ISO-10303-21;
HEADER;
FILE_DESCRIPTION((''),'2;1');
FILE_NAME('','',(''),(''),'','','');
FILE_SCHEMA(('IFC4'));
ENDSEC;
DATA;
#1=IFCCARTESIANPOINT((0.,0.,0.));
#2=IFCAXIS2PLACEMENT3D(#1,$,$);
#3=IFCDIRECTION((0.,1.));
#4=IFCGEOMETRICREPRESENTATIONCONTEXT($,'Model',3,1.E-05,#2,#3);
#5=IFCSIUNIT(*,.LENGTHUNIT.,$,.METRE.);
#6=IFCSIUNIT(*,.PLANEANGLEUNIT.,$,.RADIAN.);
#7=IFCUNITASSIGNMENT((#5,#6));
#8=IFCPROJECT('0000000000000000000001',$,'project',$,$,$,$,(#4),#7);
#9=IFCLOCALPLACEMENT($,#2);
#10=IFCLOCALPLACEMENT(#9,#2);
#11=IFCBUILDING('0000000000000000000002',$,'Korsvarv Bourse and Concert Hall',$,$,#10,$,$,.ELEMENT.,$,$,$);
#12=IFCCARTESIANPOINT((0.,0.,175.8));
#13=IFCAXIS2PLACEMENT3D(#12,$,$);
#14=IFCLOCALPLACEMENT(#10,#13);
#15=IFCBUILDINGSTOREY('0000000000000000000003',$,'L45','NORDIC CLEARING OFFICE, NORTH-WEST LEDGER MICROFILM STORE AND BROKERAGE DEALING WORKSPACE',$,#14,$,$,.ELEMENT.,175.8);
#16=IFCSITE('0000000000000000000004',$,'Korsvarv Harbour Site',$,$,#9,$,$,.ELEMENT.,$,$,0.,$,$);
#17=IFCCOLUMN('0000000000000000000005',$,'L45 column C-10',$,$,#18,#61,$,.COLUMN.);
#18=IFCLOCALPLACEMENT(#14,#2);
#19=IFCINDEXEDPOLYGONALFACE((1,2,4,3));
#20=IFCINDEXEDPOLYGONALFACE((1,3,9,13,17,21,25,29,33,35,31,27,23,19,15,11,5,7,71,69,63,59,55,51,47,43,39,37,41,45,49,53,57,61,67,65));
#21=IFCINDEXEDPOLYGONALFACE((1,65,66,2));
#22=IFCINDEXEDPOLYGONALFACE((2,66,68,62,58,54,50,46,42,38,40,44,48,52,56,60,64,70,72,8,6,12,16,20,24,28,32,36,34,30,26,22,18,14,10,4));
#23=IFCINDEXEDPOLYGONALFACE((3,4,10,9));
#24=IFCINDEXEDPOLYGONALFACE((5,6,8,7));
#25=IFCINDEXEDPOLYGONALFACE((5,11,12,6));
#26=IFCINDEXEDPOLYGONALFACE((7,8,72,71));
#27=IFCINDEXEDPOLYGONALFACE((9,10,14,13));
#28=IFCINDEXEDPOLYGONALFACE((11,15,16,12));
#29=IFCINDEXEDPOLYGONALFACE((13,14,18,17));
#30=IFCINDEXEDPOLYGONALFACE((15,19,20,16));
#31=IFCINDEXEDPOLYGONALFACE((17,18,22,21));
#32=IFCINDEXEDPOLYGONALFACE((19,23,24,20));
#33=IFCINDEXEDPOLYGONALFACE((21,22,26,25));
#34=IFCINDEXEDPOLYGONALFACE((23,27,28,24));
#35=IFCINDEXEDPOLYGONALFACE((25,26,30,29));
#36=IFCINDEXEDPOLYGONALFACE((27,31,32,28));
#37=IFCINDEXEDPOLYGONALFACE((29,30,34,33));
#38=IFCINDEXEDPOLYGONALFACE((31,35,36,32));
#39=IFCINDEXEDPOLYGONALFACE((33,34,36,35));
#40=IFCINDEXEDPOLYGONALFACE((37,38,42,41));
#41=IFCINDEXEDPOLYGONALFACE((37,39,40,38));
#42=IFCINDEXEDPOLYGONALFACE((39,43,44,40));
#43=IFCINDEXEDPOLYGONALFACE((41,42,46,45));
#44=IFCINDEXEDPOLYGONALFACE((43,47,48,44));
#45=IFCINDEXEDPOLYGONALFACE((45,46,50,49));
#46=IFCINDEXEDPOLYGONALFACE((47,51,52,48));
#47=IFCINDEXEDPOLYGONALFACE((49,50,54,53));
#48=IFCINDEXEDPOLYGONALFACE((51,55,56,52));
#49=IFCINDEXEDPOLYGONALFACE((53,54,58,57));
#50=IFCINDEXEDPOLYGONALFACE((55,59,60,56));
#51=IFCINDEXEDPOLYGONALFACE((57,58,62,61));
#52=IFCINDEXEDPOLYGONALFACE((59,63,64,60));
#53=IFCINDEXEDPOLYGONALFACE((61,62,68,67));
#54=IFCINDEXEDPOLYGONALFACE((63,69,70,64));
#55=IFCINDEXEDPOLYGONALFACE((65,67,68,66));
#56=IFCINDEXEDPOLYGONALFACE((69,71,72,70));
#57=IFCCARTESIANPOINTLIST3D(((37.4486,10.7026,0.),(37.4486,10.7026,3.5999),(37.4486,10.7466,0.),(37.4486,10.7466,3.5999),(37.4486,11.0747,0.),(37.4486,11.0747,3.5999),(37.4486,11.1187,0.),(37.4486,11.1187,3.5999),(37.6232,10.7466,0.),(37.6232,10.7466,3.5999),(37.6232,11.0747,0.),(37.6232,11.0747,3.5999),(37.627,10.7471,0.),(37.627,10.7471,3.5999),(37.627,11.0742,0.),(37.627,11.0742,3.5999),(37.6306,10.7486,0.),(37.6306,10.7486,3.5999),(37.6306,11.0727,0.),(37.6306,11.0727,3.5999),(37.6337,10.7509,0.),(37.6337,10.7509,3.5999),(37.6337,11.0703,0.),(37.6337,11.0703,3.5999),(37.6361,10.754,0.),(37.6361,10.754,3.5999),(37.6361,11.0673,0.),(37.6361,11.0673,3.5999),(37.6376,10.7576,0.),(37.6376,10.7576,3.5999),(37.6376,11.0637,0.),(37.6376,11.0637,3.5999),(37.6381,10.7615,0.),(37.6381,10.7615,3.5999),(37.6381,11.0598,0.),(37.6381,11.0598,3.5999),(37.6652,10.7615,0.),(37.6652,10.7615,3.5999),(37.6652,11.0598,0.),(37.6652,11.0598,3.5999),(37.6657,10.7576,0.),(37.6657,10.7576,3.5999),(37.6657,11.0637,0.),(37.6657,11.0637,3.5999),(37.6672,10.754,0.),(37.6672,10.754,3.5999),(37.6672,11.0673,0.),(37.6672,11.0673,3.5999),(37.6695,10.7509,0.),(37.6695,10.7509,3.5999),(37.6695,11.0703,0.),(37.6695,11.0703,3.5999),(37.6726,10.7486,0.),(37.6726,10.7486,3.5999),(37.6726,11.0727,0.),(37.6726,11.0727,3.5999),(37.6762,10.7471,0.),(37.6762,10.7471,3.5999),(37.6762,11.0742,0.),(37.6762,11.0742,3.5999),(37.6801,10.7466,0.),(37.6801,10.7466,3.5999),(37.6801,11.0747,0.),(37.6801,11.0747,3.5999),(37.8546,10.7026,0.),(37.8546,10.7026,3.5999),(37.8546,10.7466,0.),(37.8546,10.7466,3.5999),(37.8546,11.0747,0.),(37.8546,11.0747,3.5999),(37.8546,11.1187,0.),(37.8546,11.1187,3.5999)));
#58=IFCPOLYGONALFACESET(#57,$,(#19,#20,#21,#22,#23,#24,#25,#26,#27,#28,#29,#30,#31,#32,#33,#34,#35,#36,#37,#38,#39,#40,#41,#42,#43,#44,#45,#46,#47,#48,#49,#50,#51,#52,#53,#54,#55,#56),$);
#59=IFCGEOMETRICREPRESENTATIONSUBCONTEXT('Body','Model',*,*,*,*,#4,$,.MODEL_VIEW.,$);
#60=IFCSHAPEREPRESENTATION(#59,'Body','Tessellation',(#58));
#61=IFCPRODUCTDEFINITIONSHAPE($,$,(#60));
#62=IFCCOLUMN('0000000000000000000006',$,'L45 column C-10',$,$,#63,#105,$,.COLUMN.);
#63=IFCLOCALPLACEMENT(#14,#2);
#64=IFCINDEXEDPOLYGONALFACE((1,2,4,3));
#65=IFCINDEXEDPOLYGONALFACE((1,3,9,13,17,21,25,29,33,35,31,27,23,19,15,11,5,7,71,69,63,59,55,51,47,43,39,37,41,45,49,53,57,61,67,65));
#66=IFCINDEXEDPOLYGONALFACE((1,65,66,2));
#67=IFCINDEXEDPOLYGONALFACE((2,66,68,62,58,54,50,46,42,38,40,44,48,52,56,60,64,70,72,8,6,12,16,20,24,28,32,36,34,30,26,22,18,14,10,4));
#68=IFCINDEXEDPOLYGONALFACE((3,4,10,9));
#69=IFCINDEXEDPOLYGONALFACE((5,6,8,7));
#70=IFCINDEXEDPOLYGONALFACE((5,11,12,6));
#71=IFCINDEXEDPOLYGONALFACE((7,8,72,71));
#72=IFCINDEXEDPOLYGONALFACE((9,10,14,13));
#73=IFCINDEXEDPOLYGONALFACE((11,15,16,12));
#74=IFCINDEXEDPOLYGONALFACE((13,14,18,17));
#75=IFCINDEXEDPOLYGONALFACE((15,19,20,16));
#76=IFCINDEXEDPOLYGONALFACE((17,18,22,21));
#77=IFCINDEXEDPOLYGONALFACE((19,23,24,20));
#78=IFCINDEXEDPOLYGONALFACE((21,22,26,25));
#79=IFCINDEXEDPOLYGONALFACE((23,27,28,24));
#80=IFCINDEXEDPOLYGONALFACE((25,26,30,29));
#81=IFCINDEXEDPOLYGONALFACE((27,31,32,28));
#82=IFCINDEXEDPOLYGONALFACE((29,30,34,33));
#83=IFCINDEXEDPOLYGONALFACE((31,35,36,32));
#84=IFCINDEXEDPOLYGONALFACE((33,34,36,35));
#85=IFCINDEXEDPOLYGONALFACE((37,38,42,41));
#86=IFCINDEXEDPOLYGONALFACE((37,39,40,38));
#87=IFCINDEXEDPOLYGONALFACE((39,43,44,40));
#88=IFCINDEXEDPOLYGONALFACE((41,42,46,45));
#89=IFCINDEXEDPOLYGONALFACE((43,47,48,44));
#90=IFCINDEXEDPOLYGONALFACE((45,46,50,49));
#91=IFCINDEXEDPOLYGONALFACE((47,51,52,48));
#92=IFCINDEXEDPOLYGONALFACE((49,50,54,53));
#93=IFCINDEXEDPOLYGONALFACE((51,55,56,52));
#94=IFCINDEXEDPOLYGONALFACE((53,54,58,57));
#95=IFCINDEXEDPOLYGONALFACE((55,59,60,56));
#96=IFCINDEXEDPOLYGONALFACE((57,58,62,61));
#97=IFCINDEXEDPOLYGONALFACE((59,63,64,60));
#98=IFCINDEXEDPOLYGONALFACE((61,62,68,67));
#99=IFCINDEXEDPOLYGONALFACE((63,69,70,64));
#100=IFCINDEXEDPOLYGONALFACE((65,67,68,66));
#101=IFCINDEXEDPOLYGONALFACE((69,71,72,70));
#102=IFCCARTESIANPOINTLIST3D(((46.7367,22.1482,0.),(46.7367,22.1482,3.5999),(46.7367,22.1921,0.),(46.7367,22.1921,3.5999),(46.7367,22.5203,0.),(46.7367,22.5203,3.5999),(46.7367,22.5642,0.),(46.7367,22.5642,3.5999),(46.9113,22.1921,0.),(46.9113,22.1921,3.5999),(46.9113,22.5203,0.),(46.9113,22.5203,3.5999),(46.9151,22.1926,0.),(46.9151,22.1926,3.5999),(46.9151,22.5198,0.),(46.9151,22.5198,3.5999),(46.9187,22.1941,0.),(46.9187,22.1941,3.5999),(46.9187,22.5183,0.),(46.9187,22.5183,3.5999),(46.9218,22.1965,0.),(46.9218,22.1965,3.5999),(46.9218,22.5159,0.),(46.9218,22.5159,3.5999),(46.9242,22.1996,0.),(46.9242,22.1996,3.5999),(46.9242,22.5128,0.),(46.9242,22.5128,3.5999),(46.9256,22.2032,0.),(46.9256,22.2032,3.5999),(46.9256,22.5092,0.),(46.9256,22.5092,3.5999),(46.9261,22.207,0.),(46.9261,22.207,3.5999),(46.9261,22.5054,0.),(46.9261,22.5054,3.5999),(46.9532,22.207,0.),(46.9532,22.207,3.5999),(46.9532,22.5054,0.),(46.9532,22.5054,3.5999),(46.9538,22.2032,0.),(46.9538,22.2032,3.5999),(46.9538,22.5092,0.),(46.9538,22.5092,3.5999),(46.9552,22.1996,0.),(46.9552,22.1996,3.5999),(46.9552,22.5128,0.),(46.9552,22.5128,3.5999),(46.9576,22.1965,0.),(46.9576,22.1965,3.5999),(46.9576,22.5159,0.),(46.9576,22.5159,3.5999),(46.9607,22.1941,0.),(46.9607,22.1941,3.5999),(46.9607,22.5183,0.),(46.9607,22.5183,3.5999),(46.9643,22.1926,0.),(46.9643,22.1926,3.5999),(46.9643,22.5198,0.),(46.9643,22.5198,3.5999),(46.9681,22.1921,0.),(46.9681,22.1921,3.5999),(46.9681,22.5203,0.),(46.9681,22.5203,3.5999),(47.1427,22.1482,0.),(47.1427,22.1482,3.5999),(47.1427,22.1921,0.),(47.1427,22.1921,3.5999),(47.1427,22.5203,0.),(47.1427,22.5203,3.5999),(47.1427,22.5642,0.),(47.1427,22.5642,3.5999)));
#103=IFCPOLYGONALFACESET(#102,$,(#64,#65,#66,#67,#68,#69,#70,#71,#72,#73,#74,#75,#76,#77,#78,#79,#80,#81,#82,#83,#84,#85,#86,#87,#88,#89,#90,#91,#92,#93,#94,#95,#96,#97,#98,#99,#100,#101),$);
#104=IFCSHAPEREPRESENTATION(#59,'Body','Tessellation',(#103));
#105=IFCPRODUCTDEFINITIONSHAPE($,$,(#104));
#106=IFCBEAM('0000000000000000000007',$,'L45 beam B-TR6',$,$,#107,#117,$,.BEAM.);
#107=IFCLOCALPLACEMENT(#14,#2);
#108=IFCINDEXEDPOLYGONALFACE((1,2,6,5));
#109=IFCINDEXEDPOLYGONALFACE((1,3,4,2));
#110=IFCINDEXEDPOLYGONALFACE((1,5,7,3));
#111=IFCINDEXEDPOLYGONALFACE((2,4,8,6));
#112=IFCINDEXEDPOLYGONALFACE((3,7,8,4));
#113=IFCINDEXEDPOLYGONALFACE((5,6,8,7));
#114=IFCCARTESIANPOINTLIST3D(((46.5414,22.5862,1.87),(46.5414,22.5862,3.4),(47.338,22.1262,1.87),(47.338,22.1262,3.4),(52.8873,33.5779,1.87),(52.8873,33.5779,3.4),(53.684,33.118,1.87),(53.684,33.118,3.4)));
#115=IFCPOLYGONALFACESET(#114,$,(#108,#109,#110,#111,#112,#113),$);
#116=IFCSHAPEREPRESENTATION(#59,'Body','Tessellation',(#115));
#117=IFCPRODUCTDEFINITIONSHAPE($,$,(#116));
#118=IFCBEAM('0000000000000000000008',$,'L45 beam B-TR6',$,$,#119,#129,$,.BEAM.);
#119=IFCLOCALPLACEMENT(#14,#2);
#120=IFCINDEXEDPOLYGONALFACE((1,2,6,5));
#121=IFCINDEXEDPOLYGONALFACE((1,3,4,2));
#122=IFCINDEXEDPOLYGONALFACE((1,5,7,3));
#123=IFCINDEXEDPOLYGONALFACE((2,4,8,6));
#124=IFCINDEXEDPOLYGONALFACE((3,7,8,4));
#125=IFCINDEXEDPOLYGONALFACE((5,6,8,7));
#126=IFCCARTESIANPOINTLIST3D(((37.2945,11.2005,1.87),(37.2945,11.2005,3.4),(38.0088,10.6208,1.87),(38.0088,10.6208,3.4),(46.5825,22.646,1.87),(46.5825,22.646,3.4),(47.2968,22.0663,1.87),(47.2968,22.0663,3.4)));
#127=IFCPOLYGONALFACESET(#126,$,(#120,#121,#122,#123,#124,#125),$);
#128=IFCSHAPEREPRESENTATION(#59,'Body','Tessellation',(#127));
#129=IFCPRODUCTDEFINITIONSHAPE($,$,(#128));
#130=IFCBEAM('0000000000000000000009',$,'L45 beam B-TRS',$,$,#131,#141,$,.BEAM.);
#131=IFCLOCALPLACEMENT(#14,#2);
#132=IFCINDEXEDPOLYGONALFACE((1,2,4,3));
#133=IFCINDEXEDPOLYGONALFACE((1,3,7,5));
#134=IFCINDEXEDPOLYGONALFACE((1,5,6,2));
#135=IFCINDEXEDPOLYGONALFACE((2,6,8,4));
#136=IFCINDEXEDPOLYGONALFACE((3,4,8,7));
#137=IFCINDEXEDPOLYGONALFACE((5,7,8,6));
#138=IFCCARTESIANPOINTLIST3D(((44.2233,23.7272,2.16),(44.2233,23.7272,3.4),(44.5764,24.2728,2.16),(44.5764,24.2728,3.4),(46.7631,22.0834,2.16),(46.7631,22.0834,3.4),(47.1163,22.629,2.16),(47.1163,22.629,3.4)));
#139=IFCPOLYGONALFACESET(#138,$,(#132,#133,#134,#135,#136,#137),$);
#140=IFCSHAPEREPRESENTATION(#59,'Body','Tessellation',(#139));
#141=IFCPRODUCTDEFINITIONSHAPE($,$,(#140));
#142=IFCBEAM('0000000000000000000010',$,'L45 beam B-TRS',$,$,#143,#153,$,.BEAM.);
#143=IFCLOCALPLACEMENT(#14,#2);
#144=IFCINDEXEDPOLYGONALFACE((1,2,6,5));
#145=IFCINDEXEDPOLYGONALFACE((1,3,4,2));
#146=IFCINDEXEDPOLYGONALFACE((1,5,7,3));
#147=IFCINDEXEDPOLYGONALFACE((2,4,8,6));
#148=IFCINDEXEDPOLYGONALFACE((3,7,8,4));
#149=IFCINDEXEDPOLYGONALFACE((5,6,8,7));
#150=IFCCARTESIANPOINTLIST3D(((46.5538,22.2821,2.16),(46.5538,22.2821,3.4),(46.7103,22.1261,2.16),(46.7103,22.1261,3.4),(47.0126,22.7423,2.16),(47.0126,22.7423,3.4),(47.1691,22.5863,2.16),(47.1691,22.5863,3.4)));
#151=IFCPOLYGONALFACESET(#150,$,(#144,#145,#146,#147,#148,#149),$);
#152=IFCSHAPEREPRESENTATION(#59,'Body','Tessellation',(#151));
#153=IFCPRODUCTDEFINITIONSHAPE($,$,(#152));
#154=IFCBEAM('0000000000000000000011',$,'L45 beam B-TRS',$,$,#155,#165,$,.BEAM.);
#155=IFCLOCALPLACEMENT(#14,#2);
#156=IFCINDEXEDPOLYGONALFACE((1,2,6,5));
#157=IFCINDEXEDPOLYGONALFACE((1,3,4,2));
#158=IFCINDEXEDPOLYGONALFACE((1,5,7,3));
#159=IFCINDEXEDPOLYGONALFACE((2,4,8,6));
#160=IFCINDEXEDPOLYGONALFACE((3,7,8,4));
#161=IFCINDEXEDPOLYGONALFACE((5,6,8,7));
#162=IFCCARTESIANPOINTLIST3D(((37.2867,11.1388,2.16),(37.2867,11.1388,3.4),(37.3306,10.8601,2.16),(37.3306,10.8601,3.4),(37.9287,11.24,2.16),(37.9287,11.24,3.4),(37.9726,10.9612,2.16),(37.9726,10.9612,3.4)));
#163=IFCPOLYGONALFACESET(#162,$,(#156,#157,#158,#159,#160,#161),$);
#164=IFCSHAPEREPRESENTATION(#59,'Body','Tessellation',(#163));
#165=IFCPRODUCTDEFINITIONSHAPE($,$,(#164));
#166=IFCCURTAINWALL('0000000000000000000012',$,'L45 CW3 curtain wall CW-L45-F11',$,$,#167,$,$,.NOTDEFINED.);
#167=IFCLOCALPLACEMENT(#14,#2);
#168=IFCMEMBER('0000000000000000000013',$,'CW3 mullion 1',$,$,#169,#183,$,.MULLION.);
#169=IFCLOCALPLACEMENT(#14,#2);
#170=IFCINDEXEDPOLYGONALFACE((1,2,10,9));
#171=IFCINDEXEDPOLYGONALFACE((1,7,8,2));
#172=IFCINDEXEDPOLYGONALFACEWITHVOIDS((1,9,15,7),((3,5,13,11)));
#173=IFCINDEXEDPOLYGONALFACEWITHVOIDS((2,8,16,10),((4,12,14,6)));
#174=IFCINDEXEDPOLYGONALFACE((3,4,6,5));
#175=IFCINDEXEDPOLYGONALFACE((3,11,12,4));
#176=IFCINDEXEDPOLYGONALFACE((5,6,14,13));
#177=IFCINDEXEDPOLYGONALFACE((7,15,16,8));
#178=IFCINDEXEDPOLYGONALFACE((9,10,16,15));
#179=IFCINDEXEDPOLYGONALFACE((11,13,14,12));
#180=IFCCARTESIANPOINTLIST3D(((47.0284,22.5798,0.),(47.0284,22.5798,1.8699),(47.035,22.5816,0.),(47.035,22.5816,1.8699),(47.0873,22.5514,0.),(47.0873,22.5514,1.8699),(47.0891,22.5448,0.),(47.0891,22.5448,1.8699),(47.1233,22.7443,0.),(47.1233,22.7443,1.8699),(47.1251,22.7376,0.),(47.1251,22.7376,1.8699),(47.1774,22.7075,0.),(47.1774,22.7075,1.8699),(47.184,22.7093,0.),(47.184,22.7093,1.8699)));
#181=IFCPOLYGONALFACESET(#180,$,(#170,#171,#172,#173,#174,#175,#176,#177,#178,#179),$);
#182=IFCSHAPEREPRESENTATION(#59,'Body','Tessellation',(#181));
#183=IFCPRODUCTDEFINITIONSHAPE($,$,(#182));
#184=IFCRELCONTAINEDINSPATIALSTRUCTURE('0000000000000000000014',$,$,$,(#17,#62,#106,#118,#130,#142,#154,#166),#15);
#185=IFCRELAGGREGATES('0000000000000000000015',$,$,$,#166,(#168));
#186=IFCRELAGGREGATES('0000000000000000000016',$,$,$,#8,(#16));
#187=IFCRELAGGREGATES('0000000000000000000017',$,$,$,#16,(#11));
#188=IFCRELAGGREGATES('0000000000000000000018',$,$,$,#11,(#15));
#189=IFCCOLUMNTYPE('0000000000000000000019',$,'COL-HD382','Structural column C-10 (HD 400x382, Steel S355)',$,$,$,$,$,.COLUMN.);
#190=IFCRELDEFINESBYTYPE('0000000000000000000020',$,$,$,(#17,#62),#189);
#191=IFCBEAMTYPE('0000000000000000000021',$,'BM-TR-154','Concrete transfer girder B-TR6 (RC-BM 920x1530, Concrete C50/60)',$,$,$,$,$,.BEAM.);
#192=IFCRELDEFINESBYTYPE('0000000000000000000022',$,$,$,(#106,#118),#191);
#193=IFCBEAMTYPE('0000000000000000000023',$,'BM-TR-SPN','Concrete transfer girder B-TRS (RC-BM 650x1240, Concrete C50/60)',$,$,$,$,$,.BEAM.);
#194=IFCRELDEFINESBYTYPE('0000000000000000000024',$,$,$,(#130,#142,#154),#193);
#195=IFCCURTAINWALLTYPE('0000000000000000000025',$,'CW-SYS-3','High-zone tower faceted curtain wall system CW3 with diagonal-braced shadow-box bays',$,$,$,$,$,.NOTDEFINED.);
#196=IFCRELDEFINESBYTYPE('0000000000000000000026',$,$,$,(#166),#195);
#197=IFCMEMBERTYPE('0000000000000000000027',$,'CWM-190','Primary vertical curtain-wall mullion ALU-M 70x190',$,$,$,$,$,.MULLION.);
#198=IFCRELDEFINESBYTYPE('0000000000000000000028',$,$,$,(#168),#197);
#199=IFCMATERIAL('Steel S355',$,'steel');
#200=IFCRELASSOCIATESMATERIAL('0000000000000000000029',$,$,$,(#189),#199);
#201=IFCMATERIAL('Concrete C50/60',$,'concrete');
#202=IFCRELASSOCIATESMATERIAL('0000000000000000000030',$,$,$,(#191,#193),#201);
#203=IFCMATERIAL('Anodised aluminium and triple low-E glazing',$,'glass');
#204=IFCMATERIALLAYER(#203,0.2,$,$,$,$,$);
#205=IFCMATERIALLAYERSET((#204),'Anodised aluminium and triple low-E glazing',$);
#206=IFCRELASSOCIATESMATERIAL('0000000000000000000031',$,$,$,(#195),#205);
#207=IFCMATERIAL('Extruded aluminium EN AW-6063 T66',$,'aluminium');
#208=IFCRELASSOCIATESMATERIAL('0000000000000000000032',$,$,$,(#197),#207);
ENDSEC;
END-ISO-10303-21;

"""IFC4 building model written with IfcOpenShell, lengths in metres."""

from ifc_helpers import new_model, si_unit, direction, frame, origin, origin_2d, place, context, subcontext, project, spatial, rectangle, hollow_rectangle, i_section, extrude, source, transform, mapped, material, layer, layer_set, material_profile, profile_set, type_object, element, aggregate, save


model = new_model("IFC4")

# Units and contexts
model_context = context("Model", 3, precision=1e-05, world=origin(), true_north=direction((0.0, 1.0)))
body_context = subcontext(model_context, "Body", "Model", "MODEL_VIEW")
ifc_project = project(units=[si_unit("LENGTHUNIT", "METRE"), si_unit("PLANEANGLEUNIT", "RADIAN")], contexts=[model_context])

# Site, building, storey
site_placement = place(None, origin())
site = spatial("IfcSite", under=ifc_project, at=site_placement, Name="Korsvarv Harbour Site", CompositionType="ELEMENT", RefElevation=0.0)
building_placement = place(site_placement, origin())
building = spatial("IfcBuilding", under=site, at=building_placement, Name="Korsvarv Bourse and Concert Hall", CompositionType="ELEMENT")
storey_placement = place(building_placement, frame((0.0, 0.0, 175.8)))
storey = spatial("IfcBuildingStorey", under=building, at=storey_placement, Name="L45", Description="NORDIC CLEARING OFFICE, NORTH-WEST LEDGER MICROFILM STORE AND BROKERAGE DEALING WORKSPACE", CompositionType="ELEMENT", Elevation=175.8)

# Columns
ifc_material_1 = material(Name="Steel S355", Category="steel")
ifc_material_profile_1 = material_profile(ifc_material_1, i_section(OverallWidth=0.406, OverallDepth=0.416, WebThickness=0.0271, FlangeThickness=0.0439, FilletRadius=0.0149, at=origin_2d()), Name="HD 400x382")
ifc_profile_set_1 = profile_set([ifc_material_profile_1], Name="Steel S355")
column_type = type_object("IfcColumnType", Name="COL-HD382", Description="Structural column C-10 (HD 400x382, Steel S355)", PredefinedType="COLUMN", material=ifc_profile_set_1)
shared_shape_1 = source(origin(), body_context, "Body", "SweptSolid", [
    extrude(i_section(OverallWidth=0.406, OverallDepth=0.416, WebThickness=0.0271, FlangeThickness=0.0439, FilletRadius=0.0149, at=origin_2d()), origin(), (0.0, 0.0, 1.0), 3.5999),
])
for number, where, z_axis, x_axis, name in (
    (1, (37.6516, 10.9106, 0.0), (0.0, 0.0, 1.0), (1.0, 0.0, 0.0), "L45 column C-10"),
    (2, (46.9397, 22.3562, 0.0), (0.0, 0.0, 1.0), (1.0, 0.0, 0.0), "L45 column C-10"),
):
    element("IfcColumn", number, at=place(storey_placement, frame(where, z_axis=z_axis, x_axis=x_axis)), inside=storey, type_object=column_type, Name=name, PredefinedType="COLUMN", context=body_context, shape_type="MappedRepresentation", body=[
        mapped(shared_shape_1, transform((0.0, 0.0, 0.0), scale=1.0)),
    ])

# Beams
ifc_material_2 = material(Name="Concrete C50/60", Category="concrete")
ifc_material_profile_2 = material_profile(ifc_material_2, rectangle(XDim=0.9199, YDim=1.53, at=origin_2d()), Name="RC-BM 920x1530")
ifc_profile_set_2 = profile_set([ifc_material_profile_2], Name="Concrete C50/60")
beam_type_1 = type_object("IfcBeamType", Name="BM-TR-154", Description="Concrete transfer girder B-TR6 (RC-BM 920x1530, Concrete C50/60)", PredefinedType="BEAM", material=ifc_profile_set_2)
shared_shape_2 = source(origin(), body_context, "Body", "SweptSolid", [
    extrude(rectangle(XDim=0.9199, YDim=1.53, at=origin_2d()), origin(), (0.0, 0.0, 1.0), 12.6921),
])
beam_1_placement = place(storey_placement, frame((46.9397, 22.3562, 2.635), z_axis=(0.499993, 0.866029, 0.0), x_axis=(-0.866029, 0.499993, 0.0)))
element("IfcBeam", 3, at=beam_1_placement, inside=storey, type_object=beam_type_1, Name="L45 beam B-TR6", PredefinedType="BEAM", context=body_context, shape_type="MappedRepresentation", body=[
    mapped(shared_shape_2, transform((0.0, 0.0, 0.0), scale=1.0)),
])
shared_shape_3 = source(origin(), body_context, "Body", "SweptSolid", [
    extrude(rectangle(XDim=0.9199, YDim=1.53, at=origin_2d()), origin(), (0.0, 0.0, 1.0), 14.74),
])
beam_2_placement = place(storey_placement, frame((37.6516, 10.9106, 2.635), z_axis=(0.630125, 0.776493, 0.0), x_axis=(-0.776493, 0.630125, 0.0)))
element("IfcBeam", 4, at=beam_2_placement, inside=storey, type_object=beam_type_1, Name="L45 beam B-TR6", PredefinedType="BEAM", context=body_context, shape_type="MappedRepresentation", body=[
    mapped(shared_shape_3, transform((0.0, 0.0, 0.0), scale=1.0)),
])
ifc_material_profile_3 = material_profile(ifc_material_2, rectangle(XDim=0.6499, YDim=1.24, at=origin_2d()), Name="RC-BM 650x1240")
ifc_profile_set_3 = profile_set([ifc_material_profile_3], Name="Concrete C50/60")
beam_type_2 = type_object("IfcBeamType", Name="BM-TR-SPN", Description="Concrete transfer girder B-TRS (RC-BM 650x1240, Concrete C50/60)", PredefinedType="BEAM", material=ifc_profile_set_3)
shared_shape_4 = source(origin(), body_context, "Body", "SweptSolid", [
    extrude(rectangle(XDim=0.6499, YDim=1.24, at=origin_2d()), origin(), (0.0, 0.0, 1.0), 3.0254),
])
beam_3_placement = place(storey_placement, frame((46.9397, 22.3562, 2.78), z_axis=(-0.83951, 0.543345, 0.0), x_axis=(-0.543345, -0.83951, 0.0)))
element("IfcBeam", 5, at=beam_3_placement, inside=storey, type_object=beam_type_2, Name="L45 beam B-TRS", PredefinedType="BEAM", context=body_context, shape_type="MappedRepresentation", body=[
    mapped(shared_shape_4, transform((0.0, 0.0, 0.0), scale=1.0)),
])
shared_shape_5 = source(origin(), body_context, "Body", "SweptSolid", [
    extrude(rectangle(XDim=0.6499, YDim=1.24, at=origin_2d()), origin(), (0.0, 0.0, 1.0), 0.2209),
])
beam_4_placement = place(storey_placement, frame((46.9397, 22.3562, 2.78), z_axis=(-0.708211, 0.706001, 0.0), x_axis=(-0.706001, -0.708211, 0.0)))
element("IfcBeam", 6, at=beam_4_placement, inside=storey, type_object=beam_type_2, Name="L45 beam B-TRS", PredefinedType="BEAM", context=body_context, shape_type="MappedRepresentation", body=[
    mapped(shared_shape_5, transform((0.0, 0.0, 0.0), scale=1.0)),
])
shared_shape_6 = source(origin(), body_context, "Body", "SweptSolid", [
    extrude(rectangle(XDim=0.6499, YDim=1.24, at=origin_2d()), origin(), (0.0, 0.0, 1.0), 0.2822),
])
beam_5_placement = place(storey_placement, frame((37.6516, 10.9106, 2.78), z_axis=(-0.155696, 0.987805, 0.0), x_axis=(-0.987805, -0.155696, 0.0)))
element("IfcBeam", 7, at=beam_5_placement, inside=storey, type_object=beam_type_2, Name="L45 beam B-TRS", PredefinedType="BEAM", context=body_context, shape_type="MappedRepresentation", body=[
    mapped(shared_shape_6, transform((0.0, 0.0, 0.0), scale=1.0)),
])

# Curtain wall, member
ifc_material_3 = material(Name="Anodised aluminium and triple low-E glazing", Category="glass")
ifc_layer_1 = layer(ifc_material_3, 0.2)
ifc_layer_set_1 = layer_set([ifc_layer_1], Name="Anodised aluminium and triple low-E glazing")
curtain_wall_type = type_object("IfcCurtainWallType", Name="CW-SYS-3", Description="High-zone tower faceted curtain wall system CW3 with diagonal-braced shadow-box bays", PredefinedType="NOTDEFINED", material=ifc_layer_set_1)
curtain_wall_placement = place(storey_placement, origin())
curtain_wall = element("IfcCurtainWall", 8, at=curtain_wall_placement, inside=storey, type_object=curtain_wall_type, Name="L45 CW3 curtain wall CW-L45-F11", PredefinedType="NOTDEFINED")
ifc_material_4 = material(Name="Extruded aluminium EN AW-6063 T66", Category="aluminium")
ifc_material_profile_4 = material_profile(ifc_material_4, hollow_rectangle(XDim=0.0701, YDim=0.1899, WallThickness=0.0049, at=origin_2d()), Name="ALU-M 70x190")
ifc_profile_set_4 = profile_set([ifc_material_profile_4], Name="Extruded aluminium EN AW-6063 T66")
member_type_1 = type_object("IfcMemberType", Name="CWM-190", Description="Primary vertical curtain-wall mullion ALU-M 70x190", PredefinedType="MULLION", material=ifc_profile_set_4)
shared_shape_7 = source(origin(), body_context, "Body", "SweptSolid", [
    extrude(hollow_rectangle(XDim=0.0701, YDim=0.1899, WallThickness=0.0049, at=origin_2d()), origin(), (0.0, 0.0, 1.0), 1.8699),
])
member_1_placement = place(storey_placement, frame((47.1062, 22.6445, 0.0), z_axis=(0.0, 0.0, 1.0), x_axis=(-0.866029, 0.499994, 0.0)))
member_1 = element("IfcMember", 9, at=member_1_placement, type_object=member_type_1, Name="CW3 mullion 1", PredefinedType="MULLION", context=body_context, shape_type="MappedRepresentation", body=[
    mapped(shared_shape_7, transform((0.0, 0.0, 0.0), scale=1.0)),
])
aggregate(curtain_wall, [member_1])

save(model, "model.ifc")
